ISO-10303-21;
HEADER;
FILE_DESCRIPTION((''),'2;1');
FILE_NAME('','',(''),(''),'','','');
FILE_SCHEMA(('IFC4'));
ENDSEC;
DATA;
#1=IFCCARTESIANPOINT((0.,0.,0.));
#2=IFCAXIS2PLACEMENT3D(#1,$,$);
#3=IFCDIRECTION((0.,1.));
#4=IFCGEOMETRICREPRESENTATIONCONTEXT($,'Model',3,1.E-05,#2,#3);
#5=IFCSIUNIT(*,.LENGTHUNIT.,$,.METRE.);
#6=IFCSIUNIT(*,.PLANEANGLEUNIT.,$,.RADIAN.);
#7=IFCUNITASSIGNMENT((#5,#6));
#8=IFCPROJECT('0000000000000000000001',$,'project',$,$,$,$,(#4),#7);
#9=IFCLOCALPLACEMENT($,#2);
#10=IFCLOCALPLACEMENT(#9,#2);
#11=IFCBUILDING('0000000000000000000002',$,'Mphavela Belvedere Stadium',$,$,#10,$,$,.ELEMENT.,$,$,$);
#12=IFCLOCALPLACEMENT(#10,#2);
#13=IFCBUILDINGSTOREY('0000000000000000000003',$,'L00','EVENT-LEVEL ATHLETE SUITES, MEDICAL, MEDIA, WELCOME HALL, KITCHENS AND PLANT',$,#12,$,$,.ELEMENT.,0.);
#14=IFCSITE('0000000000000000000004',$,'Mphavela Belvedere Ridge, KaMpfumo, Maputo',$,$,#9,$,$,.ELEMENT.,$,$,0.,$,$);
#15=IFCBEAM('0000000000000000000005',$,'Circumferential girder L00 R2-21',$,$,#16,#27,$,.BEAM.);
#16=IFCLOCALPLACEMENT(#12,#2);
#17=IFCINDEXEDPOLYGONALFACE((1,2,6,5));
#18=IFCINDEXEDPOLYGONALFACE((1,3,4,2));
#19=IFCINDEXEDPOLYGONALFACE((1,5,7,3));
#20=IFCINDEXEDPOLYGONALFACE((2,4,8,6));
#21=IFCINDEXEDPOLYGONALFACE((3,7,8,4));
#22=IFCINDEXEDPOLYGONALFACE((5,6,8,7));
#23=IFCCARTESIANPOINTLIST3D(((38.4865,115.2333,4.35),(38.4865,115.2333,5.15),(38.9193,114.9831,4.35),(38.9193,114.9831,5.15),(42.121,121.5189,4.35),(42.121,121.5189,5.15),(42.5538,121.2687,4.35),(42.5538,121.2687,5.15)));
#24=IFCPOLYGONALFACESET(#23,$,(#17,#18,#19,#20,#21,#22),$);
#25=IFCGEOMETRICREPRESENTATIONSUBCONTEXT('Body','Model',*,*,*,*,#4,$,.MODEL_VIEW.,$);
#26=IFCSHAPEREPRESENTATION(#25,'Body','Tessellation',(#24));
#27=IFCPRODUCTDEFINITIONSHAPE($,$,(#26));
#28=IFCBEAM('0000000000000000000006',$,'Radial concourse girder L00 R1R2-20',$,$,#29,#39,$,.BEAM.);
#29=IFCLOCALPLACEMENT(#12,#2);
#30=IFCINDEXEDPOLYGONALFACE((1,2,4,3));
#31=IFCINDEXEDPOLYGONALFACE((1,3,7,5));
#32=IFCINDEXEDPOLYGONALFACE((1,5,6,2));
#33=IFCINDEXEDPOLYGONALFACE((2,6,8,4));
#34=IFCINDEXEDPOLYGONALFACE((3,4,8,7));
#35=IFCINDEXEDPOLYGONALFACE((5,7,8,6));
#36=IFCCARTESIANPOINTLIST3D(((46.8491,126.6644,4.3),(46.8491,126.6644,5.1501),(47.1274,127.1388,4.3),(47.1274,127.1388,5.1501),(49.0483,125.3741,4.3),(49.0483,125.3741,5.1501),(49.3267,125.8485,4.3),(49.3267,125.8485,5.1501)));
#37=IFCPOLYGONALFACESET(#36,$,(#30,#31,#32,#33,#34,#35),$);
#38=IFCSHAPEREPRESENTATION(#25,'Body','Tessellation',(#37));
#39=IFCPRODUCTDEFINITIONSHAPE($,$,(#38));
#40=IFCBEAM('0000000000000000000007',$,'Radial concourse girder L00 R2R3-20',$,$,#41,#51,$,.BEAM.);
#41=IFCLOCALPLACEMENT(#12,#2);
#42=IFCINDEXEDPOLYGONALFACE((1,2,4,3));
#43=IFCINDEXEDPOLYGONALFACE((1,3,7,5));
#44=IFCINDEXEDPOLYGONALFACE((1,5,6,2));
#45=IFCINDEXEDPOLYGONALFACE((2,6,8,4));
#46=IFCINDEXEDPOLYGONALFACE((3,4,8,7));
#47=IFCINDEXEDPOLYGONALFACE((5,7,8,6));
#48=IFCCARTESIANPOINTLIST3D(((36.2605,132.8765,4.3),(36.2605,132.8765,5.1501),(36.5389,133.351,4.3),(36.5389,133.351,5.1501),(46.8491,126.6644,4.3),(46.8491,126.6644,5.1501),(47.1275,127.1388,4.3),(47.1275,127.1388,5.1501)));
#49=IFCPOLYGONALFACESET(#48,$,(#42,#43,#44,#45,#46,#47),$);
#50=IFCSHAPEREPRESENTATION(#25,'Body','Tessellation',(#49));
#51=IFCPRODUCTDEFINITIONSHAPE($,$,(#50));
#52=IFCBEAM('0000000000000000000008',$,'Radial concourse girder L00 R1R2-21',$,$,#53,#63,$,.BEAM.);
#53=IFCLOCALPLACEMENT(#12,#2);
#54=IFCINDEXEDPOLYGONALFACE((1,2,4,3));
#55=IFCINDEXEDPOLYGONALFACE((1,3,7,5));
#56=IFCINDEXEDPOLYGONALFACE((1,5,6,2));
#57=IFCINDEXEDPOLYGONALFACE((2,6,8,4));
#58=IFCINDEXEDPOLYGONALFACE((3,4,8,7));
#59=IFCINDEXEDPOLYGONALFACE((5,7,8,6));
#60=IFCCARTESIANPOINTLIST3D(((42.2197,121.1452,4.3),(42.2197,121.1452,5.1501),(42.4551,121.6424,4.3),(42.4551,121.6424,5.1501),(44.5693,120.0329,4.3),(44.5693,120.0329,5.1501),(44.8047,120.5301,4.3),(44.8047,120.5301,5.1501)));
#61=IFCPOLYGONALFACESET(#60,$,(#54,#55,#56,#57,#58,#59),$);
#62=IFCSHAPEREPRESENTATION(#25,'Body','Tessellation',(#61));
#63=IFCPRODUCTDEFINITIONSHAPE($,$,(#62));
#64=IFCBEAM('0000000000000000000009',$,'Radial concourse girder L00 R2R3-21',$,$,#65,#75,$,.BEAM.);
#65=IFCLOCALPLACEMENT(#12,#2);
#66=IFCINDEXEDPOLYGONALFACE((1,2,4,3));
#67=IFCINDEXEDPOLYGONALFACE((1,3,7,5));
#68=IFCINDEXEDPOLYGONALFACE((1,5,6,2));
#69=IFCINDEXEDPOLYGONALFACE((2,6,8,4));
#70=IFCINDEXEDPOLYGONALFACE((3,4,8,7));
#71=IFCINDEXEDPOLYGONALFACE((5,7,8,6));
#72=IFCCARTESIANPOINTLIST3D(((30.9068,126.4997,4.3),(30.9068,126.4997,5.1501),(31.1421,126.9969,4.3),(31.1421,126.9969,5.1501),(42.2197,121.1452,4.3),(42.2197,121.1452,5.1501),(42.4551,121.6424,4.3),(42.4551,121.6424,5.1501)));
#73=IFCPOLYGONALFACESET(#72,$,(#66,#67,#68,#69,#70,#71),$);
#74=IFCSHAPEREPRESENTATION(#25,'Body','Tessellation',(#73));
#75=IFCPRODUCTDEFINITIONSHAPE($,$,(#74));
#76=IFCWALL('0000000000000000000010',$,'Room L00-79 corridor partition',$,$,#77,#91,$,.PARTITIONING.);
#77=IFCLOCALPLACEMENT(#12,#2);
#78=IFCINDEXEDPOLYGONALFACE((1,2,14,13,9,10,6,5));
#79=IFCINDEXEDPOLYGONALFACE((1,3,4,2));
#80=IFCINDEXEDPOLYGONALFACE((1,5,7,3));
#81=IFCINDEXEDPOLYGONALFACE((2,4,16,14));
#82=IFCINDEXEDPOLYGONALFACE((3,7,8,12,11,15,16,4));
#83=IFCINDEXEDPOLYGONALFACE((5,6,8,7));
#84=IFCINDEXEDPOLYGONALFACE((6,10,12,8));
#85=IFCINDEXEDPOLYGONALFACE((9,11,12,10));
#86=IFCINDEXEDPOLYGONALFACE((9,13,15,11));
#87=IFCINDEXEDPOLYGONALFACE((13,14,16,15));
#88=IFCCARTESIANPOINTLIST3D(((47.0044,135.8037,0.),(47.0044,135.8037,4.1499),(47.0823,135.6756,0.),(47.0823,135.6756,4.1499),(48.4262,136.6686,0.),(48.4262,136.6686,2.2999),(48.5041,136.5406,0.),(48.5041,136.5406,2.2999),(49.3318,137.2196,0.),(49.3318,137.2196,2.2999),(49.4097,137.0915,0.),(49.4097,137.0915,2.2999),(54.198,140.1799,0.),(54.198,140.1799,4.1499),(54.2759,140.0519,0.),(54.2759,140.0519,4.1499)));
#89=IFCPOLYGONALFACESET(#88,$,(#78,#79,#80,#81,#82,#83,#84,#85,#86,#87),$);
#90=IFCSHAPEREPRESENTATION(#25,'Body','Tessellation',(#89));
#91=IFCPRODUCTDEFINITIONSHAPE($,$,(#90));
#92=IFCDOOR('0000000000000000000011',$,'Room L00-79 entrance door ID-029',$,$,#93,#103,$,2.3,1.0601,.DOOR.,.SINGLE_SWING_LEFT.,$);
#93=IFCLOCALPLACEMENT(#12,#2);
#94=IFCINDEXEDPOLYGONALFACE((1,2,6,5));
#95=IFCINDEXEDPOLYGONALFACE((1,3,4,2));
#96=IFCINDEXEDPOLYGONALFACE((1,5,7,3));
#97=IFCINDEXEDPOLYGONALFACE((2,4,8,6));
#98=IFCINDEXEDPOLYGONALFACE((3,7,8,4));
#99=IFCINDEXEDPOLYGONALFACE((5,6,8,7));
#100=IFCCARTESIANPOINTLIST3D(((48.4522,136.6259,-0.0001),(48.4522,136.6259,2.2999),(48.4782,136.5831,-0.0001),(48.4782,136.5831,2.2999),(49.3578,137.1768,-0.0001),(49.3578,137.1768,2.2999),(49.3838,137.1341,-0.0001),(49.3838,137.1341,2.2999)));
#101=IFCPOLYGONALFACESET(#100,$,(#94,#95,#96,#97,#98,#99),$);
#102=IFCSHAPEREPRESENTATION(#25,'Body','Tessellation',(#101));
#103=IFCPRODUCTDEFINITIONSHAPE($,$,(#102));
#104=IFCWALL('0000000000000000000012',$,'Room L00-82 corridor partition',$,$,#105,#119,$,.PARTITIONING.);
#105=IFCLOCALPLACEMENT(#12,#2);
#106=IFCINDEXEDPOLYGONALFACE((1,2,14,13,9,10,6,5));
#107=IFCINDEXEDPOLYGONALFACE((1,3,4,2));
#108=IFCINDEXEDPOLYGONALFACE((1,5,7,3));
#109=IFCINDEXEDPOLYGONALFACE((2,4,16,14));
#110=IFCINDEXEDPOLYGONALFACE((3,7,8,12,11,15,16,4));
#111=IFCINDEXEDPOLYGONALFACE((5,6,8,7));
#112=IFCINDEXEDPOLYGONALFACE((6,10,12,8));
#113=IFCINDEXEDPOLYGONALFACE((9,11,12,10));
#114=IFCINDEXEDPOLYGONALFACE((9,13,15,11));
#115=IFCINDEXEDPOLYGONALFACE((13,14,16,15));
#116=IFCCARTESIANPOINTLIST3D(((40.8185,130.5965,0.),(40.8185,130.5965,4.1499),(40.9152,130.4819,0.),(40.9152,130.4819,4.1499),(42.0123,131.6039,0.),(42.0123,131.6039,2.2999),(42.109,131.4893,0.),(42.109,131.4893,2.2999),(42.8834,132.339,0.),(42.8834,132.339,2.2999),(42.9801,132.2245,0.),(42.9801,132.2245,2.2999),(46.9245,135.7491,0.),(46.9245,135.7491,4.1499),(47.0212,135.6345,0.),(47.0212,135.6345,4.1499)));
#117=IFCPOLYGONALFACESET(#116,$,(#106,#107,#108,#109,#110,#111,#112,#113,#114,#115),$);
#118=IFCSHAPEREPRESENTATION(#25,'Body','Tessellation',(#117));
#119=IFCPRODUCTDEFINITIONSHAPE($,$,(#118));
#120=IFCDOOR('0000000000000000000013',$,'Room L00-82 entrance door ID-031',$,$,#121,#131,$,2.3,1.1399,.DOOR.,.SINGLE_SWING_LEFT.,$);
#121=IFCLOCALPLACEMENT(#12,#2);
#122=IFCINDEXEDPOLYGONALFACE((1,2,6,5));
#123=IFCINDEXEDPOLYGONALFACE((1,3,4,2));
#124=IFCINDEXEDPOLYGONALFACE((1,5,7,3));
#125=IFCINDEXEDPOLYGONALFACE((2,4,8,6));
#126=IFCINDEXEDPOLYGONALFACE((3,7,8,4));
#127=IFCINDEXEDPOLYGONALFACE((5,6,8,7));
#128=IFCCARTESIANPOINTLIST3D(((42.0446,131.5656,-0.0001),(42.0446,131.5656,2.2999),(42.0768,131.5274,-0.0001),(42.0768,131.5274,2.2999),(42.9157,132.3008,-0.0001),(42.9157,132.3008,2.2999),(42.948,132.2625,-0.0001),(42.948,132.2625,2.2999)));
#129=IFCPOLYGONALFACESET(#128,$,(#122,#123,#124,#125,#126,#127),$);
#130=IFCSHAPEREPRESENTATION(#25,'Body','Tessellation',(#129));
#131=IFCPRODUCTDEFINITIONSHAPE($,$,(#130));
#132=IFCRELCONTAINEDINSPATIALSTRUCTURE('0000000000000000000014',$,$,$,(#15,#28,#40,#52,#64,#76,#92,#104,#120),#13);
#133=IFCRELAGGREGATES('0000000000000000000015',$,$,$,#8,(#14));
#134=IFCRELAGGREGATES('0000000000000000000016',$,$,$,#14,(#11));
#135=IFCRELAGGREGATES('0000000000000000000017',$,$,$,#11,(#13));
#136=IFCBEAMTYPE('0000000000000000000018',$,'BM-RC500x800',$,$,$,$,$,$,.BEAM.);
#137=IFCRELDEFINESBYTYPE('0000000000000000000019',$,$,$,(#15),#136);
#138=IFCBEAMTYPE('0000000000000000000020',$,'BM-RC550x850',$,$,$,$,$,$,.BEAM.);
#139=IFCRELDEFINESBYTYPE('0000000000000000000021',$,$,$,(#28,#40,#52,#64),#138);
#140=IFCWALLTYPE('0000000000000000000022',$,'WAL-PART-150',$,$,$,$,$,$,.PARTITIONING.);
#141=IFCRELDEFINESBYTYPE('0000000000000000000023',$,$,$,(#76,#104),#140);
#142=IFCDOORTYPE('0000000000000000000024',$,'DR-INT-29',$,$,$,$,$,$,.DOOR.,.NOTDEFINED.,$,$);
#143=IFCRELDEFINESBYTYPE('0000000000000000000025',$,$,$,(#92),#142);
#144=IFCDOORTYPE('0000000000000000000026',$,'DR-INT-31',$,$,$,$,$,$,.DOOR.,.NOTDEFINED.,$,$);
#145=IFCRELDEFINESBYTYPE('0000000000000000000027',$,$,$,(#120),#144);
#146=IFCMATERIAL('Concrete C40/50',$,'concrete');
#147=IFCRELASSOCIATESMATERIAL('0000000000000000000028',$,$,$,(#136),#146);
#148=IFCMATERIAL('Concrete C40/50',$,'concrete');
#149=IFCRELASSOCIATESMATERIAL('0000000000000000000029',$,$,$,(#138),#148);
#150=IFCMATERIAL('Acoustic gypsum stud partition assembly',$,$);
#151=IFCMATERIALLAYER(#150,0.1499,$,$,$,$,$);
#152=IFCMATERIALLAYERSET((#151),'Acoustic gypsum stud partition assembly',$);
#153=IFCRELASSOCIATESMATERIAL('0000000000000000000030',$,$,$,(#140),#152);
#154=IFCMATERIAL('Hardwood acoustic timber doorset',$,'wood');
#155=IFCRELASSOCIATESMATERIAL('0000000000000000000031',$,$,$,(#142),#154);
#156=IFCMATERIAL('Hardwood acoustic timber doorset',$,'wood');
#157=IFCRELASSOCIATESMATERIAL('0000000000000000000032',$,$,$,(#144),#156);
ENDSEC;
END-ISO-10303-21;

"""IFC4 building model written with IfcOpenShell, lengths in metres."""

from ifc_helpers import new_model, si_unit, direction, frame, frame_2d, origin, origin_2d, place, context, subcontext, project, spatial, rectangle, extrude, material, layer, layer_set, material_profile, profile_set, type_object, element, fill, save


model = new_model("IFC4")

# Units and contexts
model_context = context("Model", 3, precision=1e-05, world=origin(), true_north=direction((0.0, 1.0)))
body_context = subcontext(model_context, "Body", "Model", "MODEL_VIEW")
ifc_project = project(units=[si_unit("LENGTHUNIT", "METRE"), si_unit("PLANEANGLEUNIT", "RADIAN")], contexts=[model_context])

# Site, building, storey
site_placement = place(None, origin())
site = spatial("IfcSite", under=ifc_project, at=site_placement, Name="Mphavela Belvedere Ridge, KaMpfumo, Maputo", CompositionType="ELEMENT", RefElevation=0.0)
building_placement = place(site_placement, origin())
building = spatial("IfcBuilding", under=site, at=building_placement, Name="Mphavela Belvedere Stadium", CompositionType="ELEMENT")
storey_placement = place(building_placement, origin())
storey = spatial("IfcBuildingStorey", under=building, at=storey_placement, Name="L00", Description="EVENT-LEVEL ATHLETE SUITES, MEDICAL, MEDIA, WELCOME HALL, KITCHENS AND PLANT", CompositionType="ELEMENT", Elevation=0.0)

# Beams
ifc_material_1 = material(Name="Concrete C40/50", Category="concrete")
ifc_material_profile_1 = material_profile(ifc_material_1, rectangle(XDim=0.5, YDim=0.8, at=origin_2d()), Name="RC 500x800")
ifc_profile_set_1 = profile_set([ifc_material_profile_1], Name="Concrete C40/50")
beam_type_1 = type_object("IfcBeamType", Name="BM-RC500x800", PredefinedType="BEAM", material=ifc_profile_set_1)
beam_1_placement = place(storey_placement, frame((42.3374, 121.3938, 4.75), z_axis=(-0.500568, -0.865697, 0.0), x_axis=(0.865697, -0.500568, 0.0)))
element("IfcBeam", 1, at=beam_1_placement, inside=storey, type_object=beam_type_1, Name="Circumferential girder L00 R2-21", PredefinedType="BEAM", context=body_context, shape_type="SweptSolid", body=[
    extrude(rectangle(XDim=0.5, YDim=0.8, at=origin_2d()), origin(), (0.0, 0.0, 1.0), 7.2607),
])
ifc_material_2 = material(Name="Concrete C40/50", Category="concrete")
ifc_material_profile_2 = material_profile(ifc_material_2, rectangle(XDim=0.55, YDim=0.8501, at=origin_2d()), Name="RC 550x850")
ifc_profile_set_2 = profile_set([ifc_material_profile_2], Name="Concrete C40/50")
beam_type_2 = type_object("IfcBeamType", Name="BM-RC550x850", PredefinedType="BEAM", material=ifc_profile_set_2)
beam_2_placement = place(storey_placement, frame((49.1875, 125.6113, 4.7251), z_axis=(-0.862512, 0.506036, 0.0), x_axis=(-0.506036, -0.862512, 0.0)))
element("IfcBeam", 2, at=beam_2_placement, inside=storey, type_object=beam_type_2, Name="Radial concourse girder L00 R1R2-20", PredefinedType="BEAM", context=body_context, shape_type="SweptSolid", body=[
    extrude(rectangle(XDim=0.55, YDim=0.8501, at=origin_2d()), origin(), (0.0, 0.0, 1.0), 2.5498),
])
beam_3_placement = place(storey_placement, frame((46.9883, 126.9016, 4.7251), z_axis=(-0.862519, 0.506025, 0.0), x_axis=(-0.506025, -0.862519, 0.0)))
element("IfcBeam", 3, at=beam_3_placement, inside=storey, type_object=beam_type_2, Name="Radial concourse girder L00 R2R3-20", PredefinedType="BEAM", context=body_context, shape_type="SweptSolid", body=[
    extrude(rectangle(XDim=0.55, YDim=0.8501, at=origin_2d()), origin(), (0.0, 0.0, 1.0), 12.2764),
])
beam_4_placement = place(storey_placement, frame((44.687, 120.2815, 4.7251), z_axis=(-0.903837, 0.427876, 0.0), x_axis=(-0.427876, -0.903837, 0.0)))
element("IfcBeam", 4, at=beam_4_placement, inside=storey, type_object=beam_type_2, Name="Radial concourse girder L00 R1R2-21", PredefinedType="BEAM", context=body_context, shape_type="SweptSolid", body=[
    extrude(rectangle(XDim=0.55, YDim=0.8501, at=origin_2d()), origin(), (0.0, 0.0, 1.0), 2.5996),
])
beam_5_placement = place(storey_placement, frame((42.3374, 121.3938, 4.7251), z_axis=(-0.90387, 0.427806, 0.0), x_axis=(-0.427806, -0.90387, 0.0)))
element("IfcBeam", 5, at=beam_5_placement, inside=storey, type_object=beam_type_2, Name="Radial concourse girder L00 R2R3-21", PredefinedType="BEAM", context=body_context, shape_type="SweptSolid", body=[
    extrude(rectangle(XDim=0.55, YDim=0.8501, at=origin_2d()), origin(), (0.0, 0.0, 1.0), 12.5161),
])

# Walls, openings, doors
ifc_material_3 = material(Name="Acoustic gypsum stud partition assembly")
ifc_layer = layer(ifc_material_3, 0.1499)
ifc_layer_set = layer_set([ifc_layer], Name="Acoustic gypsum stud partition assembly")
wall_type = type_object("IfcWallType", Name="WAL-PART-150", PredefinedType="PARTITIONING", material=ifc_layer_set)
wall_1_placement = place(storey_placement, frame((47.0435, 135.7397, 0.0), z_axis=(0.0, 0.0, 1.0), x_axis=(0.85433, 0.519731, 0.0)))
wall_1 = element("IfcWall", 6, at=wall_1_placement, inside=storey, type_object=wall_type, Name="Room L00-79 corridor partition", PredefinedType="PARTITIONING", context=body_context, shape_type="SweptSolid", body=[
    extrude(rectangle(XDim=8.4202, YDim=0.1499, at=frame_2d((4.21, 0.0))), origin(), (0.0, 0.0, 1.0), 4.1499),
])
opening_1_placement = place(wall_1_placement, frame((1.6641, 0.0, 0.0)))
opening_1 = element("IfcOpeningElement", 7, at=opening_1_placement, cuts=wall_1, PredefinedType="OPENING", context=body_context, shape_type="SweptSolid", body=[
    extrude(rectangle(XDim=1.0601, YDim=2.3, at=frame_2d((0.53, 1.1499))), frame((0.0, 0.085, 0.0), z_axis=(0.0, -1.0, 0.0), x_axis=(1.0, 0.0, 0.0)), (0.0, 0.0, 1.0), 0.1699),
])
ifc_material_4 = material(Name="Hardwood acoustic timber doorset", Category="wood")
door_type_1 = type_object("IfcDoorType", Name="DR-INT-29", OperationType="NOTDEFINED", PredefinedType="DOOR", material=ifc_material_4)
door_1_placement = place(opening_1_placement, origin())
door_1 = element("IfcDoor", 8, at=door_1_placement, inside=storey, type_object=door_type_1, Name="Room L00-79 entrance door ID-029", OperationType="SINGLE_SWING_LEFT", OverallHeight=2.3, OverallWidth=1.0601, PredefinedType="DOOR", context=body_context, shape_type="SweptSolid", body=[
    extrude(rectangle(XDim=1.0601, YDim=2.3, at=frame_2d((0.53, 1.1499))), frame((0.0, 0.0249, 0.0), z_axis=(0.0, -1.0, 0.0), x_axis=(1.0, 0.0, 0.0)), (0.0, 0.0, 1.0), 0.05),
])
fill(opening_1, door_1)
wall_2_placement = place(storey_placement, frame((40.8669, 130.5393, 0.0), z_axis=(0.0, 0.0, 1.0), x_axis=(0.764249, 0.644921, 0.0)))
wall_2 = element("IfcWall", 9, at=wall_2_placement, inside=storey, type_object=wall_type, Name="Room L00-82 corridor partition", PredefinedType="PARTITIONING", context=body_context, shape_type="SweptSolid", body=[
    extrude(rectangle(XDim=7.9895, YDim=0.1499, at=frame_2d((3.9946, 0.0))), origin(), (0.0, 0.0, 1.0), 4.1499),
])
opening_2_placement = place(wall_2_placement, frame((1.562, 0.0, 0.0)))
opening_2 = element("IfcOpeningElement", 10, at=opening_2_placement, cuts=wall_2, PredefinedType="OPENING", context=body_context, shape_type="SweptSolid", body=[
    extrude(rectangle(XDim=1.1399, YDim=2.3, at=frame_2d((0.5698, 1.1499))), frame((0.0, 0.085, 0.0), z_axis=(0.0, -1.0, 0.0), x_axis=(1.0, 0.0, 0.0)), (0.0, 0.0, 1.0), 0.1699),
])
ifc_material_5 = material(Name="Hardwood acoustic timber doorset", Category="wood")
door_type_2 = type_object("IfcDoorType", Name="DR-INT-31", OperationType="NOTDEFINED", PredefinedType="DOOR", material=ifc_material_5)
door_2_placement = place(opening_2_placement, origin())
door_2 = element("IfcDoor", 11, at=door_2_placement, inside=storey, type_object=door_type_2, Name="Room L00-82 entrance door ID-031", OperationType="SINGLE_SWING_LEFT", OverallHeight=2.3, OverallWidth=1.1399, PredefinedType="DOOR", context=body_context, shape_type="SweptSolid", body=[
    extrude(rectangle(XDim=1.1399, YDim=2.3, at=frame_2d((0.5698, 1.1499))), frame((0.0, 0.0249, 0.0), z_axis=(0.0, -1.0, 0.0), x_axis=(1.0, 0.0, 0.0)), (0.0, 0.0, 1.0), 0.05),
])
fill(opening_2, door_2)

save(model, "model.ifc")
